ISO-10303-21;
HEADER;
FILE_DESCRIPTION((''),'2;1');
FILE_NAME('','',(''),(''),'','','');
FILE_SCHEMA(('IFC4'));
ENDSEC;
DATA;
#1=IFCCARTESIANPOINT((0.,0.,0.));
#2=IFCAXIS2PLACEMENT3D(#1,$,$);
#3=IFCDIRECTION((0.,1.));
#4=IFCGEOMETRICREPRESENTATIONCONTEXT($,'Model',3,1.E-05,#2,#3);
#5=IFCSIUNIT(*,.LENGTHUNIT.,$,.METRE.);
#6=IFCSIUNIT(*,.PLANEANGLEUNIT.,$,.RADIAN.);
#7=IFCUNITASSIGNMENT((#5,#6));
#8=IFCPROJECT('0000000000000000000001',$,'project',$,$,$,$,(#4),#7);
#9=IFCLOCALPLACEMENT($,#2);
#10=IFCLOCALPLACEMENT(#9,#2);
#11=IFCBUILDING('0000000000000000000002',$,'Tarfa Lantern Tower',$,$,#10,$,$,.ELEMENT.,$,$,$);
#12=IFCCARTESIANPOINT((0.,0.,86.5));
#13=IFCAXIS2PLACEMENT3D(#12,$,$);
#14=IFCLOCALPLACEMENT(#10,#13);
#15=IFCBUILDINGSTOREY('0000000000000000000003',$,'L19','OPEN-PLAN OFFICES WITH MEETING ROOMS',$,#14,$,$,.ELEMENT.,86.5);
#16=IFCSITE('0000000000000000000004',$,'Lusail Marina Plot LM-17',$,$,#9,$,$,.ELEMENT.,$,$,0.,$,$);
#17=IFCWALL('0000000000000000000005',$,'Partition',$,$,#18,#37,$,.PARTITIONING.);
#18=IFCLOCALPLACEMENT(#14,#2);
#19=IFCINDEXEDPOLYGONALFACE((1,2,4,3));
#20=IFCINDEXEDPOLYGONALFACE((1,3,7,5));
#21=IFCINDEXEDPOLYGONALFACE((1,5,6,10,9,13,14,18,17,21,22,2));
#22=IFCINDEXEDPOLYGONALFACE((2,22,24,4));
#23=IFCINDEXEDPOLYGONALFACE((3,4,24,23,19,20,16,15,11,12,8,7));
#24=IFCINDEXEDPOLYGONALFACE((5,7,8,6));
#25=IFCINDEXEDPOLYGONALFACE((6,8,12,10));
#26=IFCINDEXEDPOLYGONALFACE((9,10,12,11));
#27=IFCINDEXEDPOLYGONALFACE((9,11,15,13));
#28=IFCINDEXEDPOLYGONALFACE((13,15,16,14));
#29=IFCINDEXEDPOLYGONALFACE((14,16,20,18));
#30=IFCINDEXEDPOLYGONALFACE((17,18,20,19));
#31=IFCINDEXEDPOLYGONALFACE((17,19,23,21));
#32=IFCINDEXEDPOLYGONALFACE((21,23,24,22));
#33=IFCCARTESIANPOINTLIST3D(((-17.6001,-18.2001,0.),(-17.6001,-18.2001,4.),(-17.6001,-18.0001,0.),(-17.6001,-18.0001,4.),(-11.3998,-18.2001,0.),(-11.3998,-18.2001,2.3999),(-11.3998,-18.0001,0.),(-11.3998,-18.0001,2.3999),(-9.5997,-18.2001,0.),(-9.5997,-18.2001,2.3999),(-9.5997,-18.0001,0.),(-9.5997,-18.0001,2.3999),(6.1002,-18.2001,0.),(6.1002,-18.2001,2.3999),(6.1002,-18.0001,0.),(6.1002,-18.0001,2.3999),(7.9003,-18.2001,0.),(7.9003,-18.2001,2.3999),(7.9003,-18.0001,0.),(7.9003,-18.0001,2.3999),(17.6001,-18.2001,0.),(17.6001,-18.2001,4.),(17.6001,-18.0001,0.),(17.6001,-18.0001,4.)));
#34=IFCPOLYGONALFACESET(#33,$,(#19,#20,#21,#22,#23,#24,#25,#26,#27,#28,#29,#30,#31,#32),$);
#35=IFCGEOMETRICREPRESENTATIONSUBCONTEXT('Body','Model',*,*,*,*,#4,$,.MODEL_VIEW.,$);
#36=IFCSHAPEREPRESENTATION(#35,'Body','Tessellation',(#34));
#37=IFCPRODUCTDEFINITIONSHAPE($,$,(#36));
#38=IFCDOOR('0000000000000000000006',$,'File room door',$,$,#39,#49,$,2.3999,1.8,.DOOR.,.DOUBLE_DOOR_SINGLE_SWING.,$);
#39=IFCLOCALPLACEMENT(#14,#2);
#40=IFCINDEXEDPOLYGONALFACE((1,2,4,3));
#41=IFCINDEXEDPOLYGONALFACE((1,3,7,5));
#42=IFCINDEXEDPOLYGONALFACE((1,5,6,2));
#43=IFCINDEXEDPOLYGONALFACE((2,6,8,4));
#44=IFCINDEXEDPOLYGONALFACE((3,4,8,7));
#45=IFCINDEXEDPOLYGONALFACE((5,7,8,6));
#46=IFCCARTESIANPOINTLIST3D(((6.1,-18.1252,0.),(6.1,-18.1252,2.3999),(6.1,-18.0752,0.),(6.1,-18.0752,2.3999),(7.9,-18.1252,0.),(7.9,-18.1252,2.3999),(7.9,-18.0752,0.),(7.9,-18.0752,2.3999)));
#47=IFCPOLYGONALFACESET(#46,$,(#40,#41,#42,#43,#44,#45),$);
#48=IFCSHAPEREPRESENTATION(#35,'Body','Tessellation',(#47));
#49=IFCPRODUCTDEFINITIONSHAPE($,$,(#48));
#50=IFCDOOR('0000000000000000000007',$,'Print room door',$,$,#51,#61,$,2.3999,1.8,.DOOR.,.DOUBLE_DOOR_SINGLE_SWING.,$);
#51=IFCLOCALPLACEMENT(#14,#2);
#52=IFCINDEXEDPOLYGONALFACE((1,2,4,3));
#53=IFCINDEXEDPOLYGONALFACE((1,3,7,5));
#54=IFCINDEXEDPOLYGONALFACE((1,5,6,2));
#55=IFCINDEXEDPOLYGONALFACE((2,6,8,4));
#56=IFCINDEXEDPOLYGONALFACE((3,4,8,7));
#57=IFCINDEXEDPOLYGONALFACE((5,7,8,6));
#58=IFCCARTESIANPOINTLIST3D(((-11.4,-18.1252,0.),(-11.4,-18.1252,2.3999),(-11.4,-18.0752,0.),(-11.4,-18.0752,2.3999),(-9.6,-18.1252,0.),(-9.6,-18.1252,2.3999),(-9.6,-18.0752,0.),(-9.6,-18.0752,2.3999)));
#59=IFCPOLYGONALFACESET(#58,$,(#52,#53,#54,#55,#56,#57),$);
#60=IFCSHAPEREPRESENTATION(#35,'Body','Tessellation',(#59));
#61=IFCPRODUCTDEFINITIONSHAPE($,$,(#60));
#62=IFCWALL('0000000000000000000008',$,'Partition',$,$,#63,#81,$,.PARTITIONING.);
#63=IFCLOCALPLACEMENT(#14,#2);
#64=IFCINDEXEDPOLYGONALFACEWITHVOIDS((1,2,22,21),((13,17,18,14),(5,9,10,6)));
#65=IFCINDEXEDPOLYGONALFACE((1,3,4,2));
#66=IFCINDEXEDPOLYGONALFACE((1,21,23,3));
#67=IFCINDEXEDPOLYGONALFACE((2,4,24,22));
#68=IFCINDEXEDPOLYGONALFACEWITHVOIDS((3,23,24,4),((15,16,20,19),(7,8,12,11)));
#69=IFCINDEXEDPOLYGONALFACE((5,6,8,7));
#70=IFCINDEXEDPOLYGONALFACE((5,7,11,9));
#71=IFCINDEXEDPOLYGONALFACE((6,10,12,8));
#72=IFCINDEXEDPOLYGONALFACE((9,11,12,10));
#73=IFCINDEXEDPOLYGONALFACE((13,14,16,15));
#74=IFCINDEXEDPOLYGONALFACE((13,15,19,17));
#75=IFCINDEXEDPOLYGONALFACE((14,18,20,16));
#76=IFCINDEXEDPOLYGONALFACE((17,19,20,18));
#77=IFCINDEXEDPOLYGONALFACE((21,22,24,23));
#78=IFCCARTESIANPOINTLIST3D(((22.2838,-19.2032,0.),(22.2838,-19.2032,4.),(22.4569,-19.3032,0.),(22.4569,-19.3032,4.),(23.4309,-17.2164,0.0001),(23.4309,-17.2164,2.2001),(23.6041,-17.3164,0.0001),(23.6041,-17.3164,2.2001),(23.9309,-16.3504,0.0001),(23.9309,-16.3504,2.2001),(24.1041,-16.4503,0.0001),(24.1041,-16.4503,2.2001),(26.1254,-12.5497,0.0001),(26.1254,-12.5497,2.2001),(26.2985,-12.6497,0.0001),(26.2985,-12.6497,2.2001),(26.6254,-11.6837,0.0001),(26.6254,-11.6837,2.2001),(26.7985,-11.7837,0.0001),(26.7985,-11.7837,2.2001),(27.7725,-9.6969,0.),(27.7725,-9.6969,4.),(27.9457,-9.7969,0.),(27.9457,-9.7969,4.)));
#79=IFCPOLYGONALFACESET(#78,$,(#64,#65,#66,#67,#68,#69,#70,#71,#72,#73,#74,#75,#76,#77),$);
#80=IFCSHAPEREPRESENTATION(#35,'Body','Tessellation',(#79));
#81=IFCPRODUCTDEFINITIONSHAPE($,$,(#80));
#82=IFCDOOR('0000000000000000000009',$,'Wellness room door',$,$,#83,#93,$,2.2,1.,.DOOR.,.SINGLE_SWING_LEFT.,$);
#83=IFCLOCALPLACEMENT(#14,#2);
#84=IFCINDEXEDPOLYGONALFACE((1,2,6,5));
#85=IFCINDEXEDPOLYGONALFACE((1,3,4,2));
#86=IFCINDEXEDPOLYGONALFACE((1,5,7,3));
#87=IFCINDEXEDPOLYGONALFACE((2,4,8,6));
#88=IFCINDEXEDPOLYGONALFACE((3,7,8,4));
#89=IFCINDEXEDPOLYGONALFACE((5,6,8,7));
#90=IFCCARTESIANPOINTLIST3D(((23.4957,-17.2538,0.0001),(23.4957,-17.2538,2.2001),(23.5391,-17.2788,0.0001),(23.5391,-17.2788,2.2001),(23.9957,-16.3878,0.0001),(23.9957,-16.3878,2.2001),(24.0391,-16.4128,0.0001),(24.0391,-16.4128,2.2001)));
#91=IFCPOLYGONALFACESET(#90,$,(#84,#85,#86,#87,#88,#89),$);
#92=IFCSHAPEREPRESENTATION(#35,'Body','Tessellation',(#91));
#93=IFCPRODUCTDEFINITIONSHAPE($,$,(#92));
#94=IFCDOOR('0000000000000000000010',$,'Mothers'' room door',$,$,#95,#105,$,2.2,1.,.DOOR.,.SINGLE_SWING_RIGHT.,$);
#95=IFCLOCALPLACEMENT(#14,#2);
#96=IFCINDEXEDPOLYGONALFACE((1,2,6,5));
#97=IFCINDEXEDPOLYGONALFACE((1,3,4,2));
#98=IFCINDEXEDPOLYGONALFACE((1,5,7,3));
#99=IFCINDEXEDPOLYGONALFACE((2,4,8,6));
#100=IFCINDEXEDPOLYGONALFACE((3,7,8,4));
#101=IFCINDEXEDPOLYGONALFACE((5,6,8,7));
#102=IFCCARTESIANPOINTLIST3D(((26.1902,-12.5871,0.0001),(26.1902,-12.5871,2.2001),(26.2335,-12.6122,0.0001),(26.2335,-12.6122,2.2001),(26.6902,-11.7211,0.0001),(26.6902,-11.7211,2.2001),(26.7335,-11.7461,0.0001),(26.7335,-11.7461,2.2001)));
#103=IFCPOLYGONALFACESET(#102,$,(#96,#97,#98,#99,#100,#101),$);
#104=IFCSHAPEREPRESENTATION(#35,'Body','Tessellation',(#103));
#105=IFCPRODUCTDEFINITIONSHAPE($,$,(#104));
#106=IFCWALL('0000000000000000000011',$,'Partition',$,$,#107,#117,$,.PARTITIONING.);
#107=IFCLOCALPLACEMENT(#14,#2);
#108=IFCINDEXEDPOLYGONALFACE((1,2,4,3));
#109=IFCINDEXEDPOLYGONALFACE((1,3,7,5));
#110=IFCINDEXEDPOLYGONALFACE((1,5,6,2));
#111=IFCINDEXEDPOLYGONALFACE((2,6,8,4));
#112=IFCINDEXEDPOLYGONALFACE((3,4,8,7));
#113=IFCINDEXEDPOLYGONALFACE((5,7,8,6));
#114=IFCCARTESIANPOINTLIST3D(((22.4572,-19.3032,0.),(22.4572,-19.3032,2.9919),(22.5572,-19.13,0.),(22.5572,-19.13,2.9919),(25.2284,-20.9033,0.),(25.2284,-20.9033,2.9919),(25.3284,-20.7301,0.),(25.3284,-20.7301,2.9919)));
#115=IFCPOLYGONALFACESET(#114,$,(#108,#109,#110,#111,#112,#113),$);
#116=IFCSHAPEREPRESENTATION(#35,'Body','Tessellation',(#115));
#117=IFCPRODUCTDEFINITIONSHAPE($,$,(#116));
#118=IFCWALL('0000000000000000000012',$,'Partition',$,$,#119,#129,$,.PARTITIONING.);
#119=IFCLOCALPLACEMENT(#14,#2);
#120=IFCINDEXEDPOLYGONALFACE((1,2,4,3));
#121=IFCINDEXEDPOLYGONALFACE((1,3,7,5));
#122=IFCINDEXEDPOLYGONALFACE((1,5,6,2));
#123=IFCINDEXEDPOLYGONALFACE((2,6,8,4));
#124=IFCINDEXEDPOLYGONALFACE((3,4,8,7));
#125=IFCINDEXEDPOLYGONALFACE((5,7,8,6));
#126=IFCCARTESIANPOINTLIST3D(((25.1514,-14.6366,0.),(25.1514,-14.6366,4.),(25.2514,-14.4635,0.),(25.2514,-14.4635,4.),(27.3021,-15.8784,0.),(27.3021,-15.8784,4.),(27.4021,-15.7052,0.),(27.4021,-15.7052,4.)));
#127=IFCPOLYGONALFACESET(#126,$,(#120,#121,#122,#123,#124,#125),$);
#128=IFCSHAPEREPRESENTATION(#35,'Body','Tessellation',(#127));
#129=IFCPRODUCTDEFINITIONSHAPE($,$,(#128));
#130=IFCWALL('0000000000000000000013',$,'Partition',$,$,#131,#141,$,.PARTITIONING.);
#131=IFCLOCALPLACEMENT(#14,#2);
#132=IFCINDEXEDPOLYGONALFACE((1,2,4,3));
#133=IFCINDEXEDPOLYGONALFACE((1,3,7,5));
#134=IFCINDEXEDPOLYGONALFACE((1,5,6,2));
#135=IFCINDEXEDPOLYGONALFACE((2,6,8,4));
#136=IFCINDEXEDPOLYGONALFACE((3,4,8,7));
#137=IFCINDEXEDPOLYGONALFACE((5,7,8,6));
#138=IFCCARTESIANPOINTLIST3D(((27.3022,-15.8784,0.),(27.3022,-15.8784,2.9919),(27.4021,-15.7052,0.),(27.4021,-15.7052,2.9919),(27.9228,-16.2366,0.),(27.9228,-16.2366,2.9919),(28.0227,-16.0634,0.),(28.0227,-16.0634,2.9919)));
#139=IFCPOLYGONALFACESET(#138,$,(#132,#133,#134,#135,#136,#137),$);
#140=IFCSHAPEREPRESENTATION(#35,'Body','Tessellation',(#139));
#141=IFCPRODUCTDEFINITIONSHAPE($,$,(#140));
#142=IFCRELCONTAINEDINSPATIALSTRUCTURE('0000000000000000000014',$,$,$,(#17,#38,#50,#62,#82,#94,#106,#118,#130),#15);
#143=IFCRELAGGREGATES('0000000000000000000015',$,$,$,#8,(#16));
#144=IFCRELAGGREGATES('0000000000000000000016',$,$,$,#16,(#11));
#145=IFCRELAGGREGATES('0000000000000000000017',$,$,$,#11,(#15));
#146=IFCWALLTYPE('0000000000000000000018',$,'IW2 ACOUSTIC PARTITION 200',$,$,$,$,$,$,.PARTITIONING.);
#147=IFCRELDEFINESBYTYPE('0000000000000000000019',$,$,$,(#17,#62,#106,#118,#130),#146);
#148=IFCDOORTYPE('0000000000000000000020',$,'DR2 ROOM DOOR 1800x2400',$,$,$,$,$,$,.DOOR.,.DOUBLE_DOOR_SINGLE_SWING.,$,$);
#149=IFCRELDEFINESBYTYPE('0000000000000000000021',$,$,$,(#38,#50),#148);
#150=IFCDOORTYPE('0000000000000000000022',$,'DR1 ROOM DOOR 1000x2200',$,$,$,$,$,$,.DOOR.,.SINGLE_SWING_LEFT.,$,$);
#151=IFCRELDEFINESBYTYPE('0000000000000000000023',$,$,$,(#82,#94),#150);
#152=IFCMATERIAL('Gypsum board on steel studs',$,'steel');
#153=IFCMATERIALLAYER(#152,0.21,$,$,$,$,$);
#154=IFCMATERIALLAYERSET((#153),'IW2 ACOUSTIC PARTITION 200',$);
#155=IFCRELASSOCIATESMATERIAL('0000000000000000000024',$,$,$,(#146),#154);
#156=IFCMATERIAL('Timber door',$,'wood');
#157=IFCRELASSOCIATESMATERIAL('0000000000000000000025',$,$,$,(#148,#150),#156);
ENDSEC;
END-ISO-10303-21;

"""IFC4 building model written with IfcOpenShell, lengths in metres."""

from ifc_helpers import new_model, si_unit, direction, frame, frame_2d, origin, place, context, subcontext, project, spatial, rectangle, extrude, material, layer, layer_set, type_object, element, fill, save


model = new_model("IFC4")

# Units and contexts
model_context = context("Model", 3, precision=1e-05, world=origin(), true_north=direction((0.0, 1.0)))
body_context = subcontext(model_context, "Body", "Model", "MODEL_VIEW")
ifc_project = project(units=[si_unit("LENGTHUNIT", "METRE"), si_unit("PLANEANGLEUNIT", "RADIAN")], contexts=[model_context])

# Site, building, storey
site_placement = place(None, origin())
site = spatial("IfcSite", under=ifc_project, at=site_placement, Name="Lusail Marina Plot LM-17", CompositionType="ELEMENT", RefElevation=0.0)
building_placement = place(site_placement, origin())
building = spatial("IfcBuilding", under=site, at=building_placement, Name="Tarfa Lantern Tower", CompositionType="ELEMENT")
storey_placement = place(building_placement, frame((0.0, 0.0, 86.5)))
storey = spatial("IfcBuildingStorey", under=building, at=storey_placement, Name="L19", Description="OPEN-PLAN OFFICES WITH MEETING ROOMS", CompositionType="ELEMENT", Elevation=86.5)

# Walls, openings, doors
ifc_material_1 = material(Name="Gypsum board on steel studs", Category="steel")
ifc_layer_1 = layer(ifc_material_1, 0.21)
ifc_layer_set_1 = layer_set([ifc_layer_1], Name="IW2 ACOUSTIC PARTITION 200")
wall_type = type_object("IfcWallType", Name="IW2 ACOUSTIC PARTITION 200", PredefinedType="PARTITIONING", material=ifc_layer_set_1)
wall_1_placement = place(storey_placement, frame((17.6001, -18.1001, 0.0), z_axis=(0.0, 0.0, 1.0), x_axis=(-1.0, 0.0, 0.0)))
wall_1 = element("IfcWall", 1, at=wall_1_placement, inside=storey, type_object=wall_type, Name="Partition", PredefinedType="PARTITIONING", context=body_context, shape_type="SweptSolid", body=[
    extrude(rectangle(XDim=35.2002, YDim=0.2, at=frame_2d((17.6001, 0.0))), origin(), (0.0, 0.0, 1.0), 4.0),
])
opening_1_placement = place(wall_1_placement, frame((9.7, 0.0, 0.0)))
opening_1 = element("IfcOpeningElement", 2, at=opening_1_placement, cuts=wall_1, PredefinedType="OPENING", context=body_context, shape_type="SweptSolid", body=[
    extrude(rectangle(XDim=1.8, YDim=2.3999, at=frame_2d((0.8999, 1.2))), frame((0.0, 0.1099, 0.0), z_axis=(0.0, -1.0, 0.0), x_axis=(1.0, 0.0, 0.0)), (0.0, 0.0, 1.0), 0.22),
])
opening_2_placement = place(wall_1_placement, frame((27.2, 0.0, 0.0)))
opening_2 = element("IfcOpeningElement", 3, at=opening_2_placement, cuts=wall_1, PredefinedType="OPENING", context=body_context, shape_type="SweptSolid", body=[
    extrude(rectangle(XDim=1.8, YDim=2.3999, at=frame_2d((0.8999, 1.2))), frame((0.0, 0.1099, 0.0), z_axis=(0.0, -1.0, 0.0), x_axis=(1.0, 0.0, 0.0)), (0.0, 0.0, 1.0), 0.22),
])
ifc_material_2 = material(Name="Timber door", Category="wood")
door_type_1 = type_object("IfcDoorType", Name="DR2 ROOM DOOR 1800x2400", OperationType="DOUBLE_DOOR_SINGLE_SWING", PredefinedType="DOOR", material=ifc_material_2)
door_1_placement = place(opening_1_placement, frame((1.8, 0.0, 0.0), z_axis=(0.0, 0.0, 1.0), x_axis=(-1.0, 0.0, 0.0)))
door_1 = element("IfcDoor", 4, at=door_1_placement, inside=storey, type_object=door_type_1, Name="File room door", OperationType="DOUBLE_DOOR_SINGLE_SWING", OverallHeight=2.3999, OverallWidth=1.8, PredefinedType="DOOR", context=body_context, shape_type="SweptSolid", body=[
    extrude(rectangle(XDim=1.8, YDim=2.3999, at=frame_2d((0.8999, 1.2))), frame((0.0, 0.0249, 0.0), z_axis=(0.0, -1.0, 0.0), x_axis=(1.0, 0.0, 0.0)), (0.0, 0.0, 1.0), 0.05),
])
fill(opening_1, door_1)
door_2_placement = place(opening_2_placement, frame((1.8, 0.0, 0.0), z_axis=(0.0, 0.0, 1.0), x_axis=(-1.0, 0.0, 0.0)))
door_2 = element("IfcDoor", 5, at=door_2_placement, inside=storey, type_object=door_type_1, Name="Print room door", OperationType="DOUBLE_DOOR_SINGLE_SWING", OverallHeight=2.3999, OverallWidth=1.8, PredefinedType="DOOR", context=body_context, shape_type="SweptSolid", body=[
    extrude(rectangle(XDim=1.8, YDim=2.3999, at=frame_2d((0.8999, 1.2))), frame((0.0, 0.0249, 0.0), z_axis=(0.0, -1.0, 0.0), x_axis=(1.0, 0.0, 0.0)), (0.0, 0.0, 1.0), 0.05),
])
fill(opening_2, door_2)
wall_2_placement = place(storey_placement, frame((22.3704, -19.2532, 0.0), z_axis=(0.0, 0.0, 1.0), x_axis=(0.500019, 0.866014, 0.0)))
wall_2 = element("IfcWall", 6, at=wall_2_placement, inside=storey, type_object=wall_type, Name="Partition", PredefinedType="PARTITIONING", context=body_context, shape_type="SweptSolid", body=[
    extrude(rectangle(XDim=10.9771, YDim=0.2, at=frame_2d((5.4885, 0.0))), origin(), (0.0, 0.0, 1.0), 4.0),
])
opening_3_placement = place(wall_2_placement, frame((2.2942, 0.0, 0.0)))
opening_3 = element("IfcOpeningElement", 7, at=opening_3_placement, cuts=wall_2, PredefinedType="OPENING", context=body_context, shape_type="SweptSolid", body=[
    extrude(rectangle(XDim=1.0, YDim=2.2, at=frame_2d((0.5, 1.1001))), frame((0.0, 0.1099, 0.0), z_axis=(0.0, -1.0, 0.0), x_axis=(1.0, 0.0, 0.0)), (0.0, 0.0, 1.0), 0.22),
])
opening_4_placement = place(wall_2_placement, frame((7.6829, 0.0, 0.0)))
opening_4 = element("IfcOpeningElement", 8, at=opening_4_placement, cuts=wall_2, PredefinedType="OPENING", context=body_context, shape_type="SweptSolid", body=[
    extrude(rectangle(XDim=1.0, YDim=2.2, at=frame_2d((0.5, 1.1001))), frame((0.0, 0.1099, 0.0), z_axis=(0.0, -1.0, 0.0), x_axis=(1.0, 0.0, 0.0)), (0.0, 0.0, 1.0), 0.22),
])
door_type_2 = type_object("IfcDoorType", Name="DR1 ROOM DOOR 1000x2200", OperationType="SINGLE_SWING_LEFT", PredefinedType="DOOR", material=ifc_material_2)
door_3_placement = place(opening_3_placement, frame((1.0, 0.0, 0.0), z_axis=(0.0, 0.0, 1.0), x_axis=(-1.0, 0.0, 0.0)))
door_3 = element("IfcDoor", 9, at=door_3_placement, inside=storey, type_object=door_type_2, Name="Wellness room door", OperationType="SINGLE_SWING_LEFT", OverallHeight=2.2, OverallWidth=1.0, PredefinedType="DOOR", context=body_context, shape_type="SweptSolid", body=[
    extrude(rectangle(XDim=1.0, YDim=2.2, at=frame_2d((0.5, 1.1001))), frame((0.0, 0.0249, 0.0), z_axis=(0.0, -1.0, 0.0), x_axis=(1.0, 0.0, 0.0)), (0.0, 0.0, 1.0), 0.05),
])
fill(opening_3, door_3)
door_4_placement = place(opening_4_placement, frame((1.0, 0.0, 0.0), z_axis=(0.0, 0.0, 1.0), x_axis=(-1.0, 0.0, 0.0)))
door_4 = element("IfcDoor", 10, at=door_4_placement, inside=storey, type_object=door_type_2, Name="Mothers' room door", OperationType="SINGLE_SWING_RIGHT", OverallHeight=2.2, OverallWidth=1.0, PredefinedType="DOOR", context=body_context, shape_type="SweptSolid", body=[
    extrude(rectangle(XDim=1.0, YDim=2.2, at=frame_2d((0.5, 1.1001))), frame((0.0, 0.0249, 0.0), z_axis=(0.0, -1.0, 0.0), x_axis=(1.0, 0.0, 0.0)), (0.0, 0.0, 1.0), 0.05),
])
fill(opening_4, door_4)

# Walls
wall_3_placement = place(storey_placement, frame((22.5071, -19.2166, 0.0), z_axis=(0.0, 0.0, 1.0), x_axis=(0.866009, -0.500028, 0.0)))
element("IfcWall", 11, at=wall_3_placement, inside=storey, type_object=wall_type, Name="Partition", PredefinedType="PARTITIONING", context=body_context, shape_type="SweptSolid", body=[
    extrude(rectangle(XDim=3.2, YDim=0.2, at=frame_2d((1.6001, 0.0))), origin(), (0.0, 0.0, 1.0), 2.9919),
])
wall_4_placement = place(storey_placement, frame((25.2014, -14.55, 0.0), z_axis=(0.0, 0.0, 1.0), x_axis=(0.86602, -0.500009, 0.0)))
element("IfcWall", 12, at=wall_4_placement, inside=storey, type_object=wall_type, Name="Partition", PredefinedType="PARTITIONING", context=body_context, shape_type="SweptSolid", body=[
    extrude(rectangle(XDim=2.4834, YDim=0.2, at=frame_2d((1.2417, 0.0))), origin(), (0.0, 0.0, 1.0), 4.0),
])
wall_5_placement = place(storey_placement, frame((27.3521, -15.7917, 0.0), z_axis=(0.0, 0.0, 1.0), x_axis=(0.866118, -0.49984, 0.0)))
element("IfcWall", 13, at=wall_5_placement, inside=storey, type_object=wall_type, Name="Partition", PredefinedType="PARTITIONING", context=body_context, shape_type="SweptSolid", body=[
    extrude(rectangle(XDim=0.7166, YDim=0.2, at=frame_2d((0.3584, 0.0))), origin(), (0.0, 0.0, 1.0), 2.9919),
])

save(model, "model.ifc")
